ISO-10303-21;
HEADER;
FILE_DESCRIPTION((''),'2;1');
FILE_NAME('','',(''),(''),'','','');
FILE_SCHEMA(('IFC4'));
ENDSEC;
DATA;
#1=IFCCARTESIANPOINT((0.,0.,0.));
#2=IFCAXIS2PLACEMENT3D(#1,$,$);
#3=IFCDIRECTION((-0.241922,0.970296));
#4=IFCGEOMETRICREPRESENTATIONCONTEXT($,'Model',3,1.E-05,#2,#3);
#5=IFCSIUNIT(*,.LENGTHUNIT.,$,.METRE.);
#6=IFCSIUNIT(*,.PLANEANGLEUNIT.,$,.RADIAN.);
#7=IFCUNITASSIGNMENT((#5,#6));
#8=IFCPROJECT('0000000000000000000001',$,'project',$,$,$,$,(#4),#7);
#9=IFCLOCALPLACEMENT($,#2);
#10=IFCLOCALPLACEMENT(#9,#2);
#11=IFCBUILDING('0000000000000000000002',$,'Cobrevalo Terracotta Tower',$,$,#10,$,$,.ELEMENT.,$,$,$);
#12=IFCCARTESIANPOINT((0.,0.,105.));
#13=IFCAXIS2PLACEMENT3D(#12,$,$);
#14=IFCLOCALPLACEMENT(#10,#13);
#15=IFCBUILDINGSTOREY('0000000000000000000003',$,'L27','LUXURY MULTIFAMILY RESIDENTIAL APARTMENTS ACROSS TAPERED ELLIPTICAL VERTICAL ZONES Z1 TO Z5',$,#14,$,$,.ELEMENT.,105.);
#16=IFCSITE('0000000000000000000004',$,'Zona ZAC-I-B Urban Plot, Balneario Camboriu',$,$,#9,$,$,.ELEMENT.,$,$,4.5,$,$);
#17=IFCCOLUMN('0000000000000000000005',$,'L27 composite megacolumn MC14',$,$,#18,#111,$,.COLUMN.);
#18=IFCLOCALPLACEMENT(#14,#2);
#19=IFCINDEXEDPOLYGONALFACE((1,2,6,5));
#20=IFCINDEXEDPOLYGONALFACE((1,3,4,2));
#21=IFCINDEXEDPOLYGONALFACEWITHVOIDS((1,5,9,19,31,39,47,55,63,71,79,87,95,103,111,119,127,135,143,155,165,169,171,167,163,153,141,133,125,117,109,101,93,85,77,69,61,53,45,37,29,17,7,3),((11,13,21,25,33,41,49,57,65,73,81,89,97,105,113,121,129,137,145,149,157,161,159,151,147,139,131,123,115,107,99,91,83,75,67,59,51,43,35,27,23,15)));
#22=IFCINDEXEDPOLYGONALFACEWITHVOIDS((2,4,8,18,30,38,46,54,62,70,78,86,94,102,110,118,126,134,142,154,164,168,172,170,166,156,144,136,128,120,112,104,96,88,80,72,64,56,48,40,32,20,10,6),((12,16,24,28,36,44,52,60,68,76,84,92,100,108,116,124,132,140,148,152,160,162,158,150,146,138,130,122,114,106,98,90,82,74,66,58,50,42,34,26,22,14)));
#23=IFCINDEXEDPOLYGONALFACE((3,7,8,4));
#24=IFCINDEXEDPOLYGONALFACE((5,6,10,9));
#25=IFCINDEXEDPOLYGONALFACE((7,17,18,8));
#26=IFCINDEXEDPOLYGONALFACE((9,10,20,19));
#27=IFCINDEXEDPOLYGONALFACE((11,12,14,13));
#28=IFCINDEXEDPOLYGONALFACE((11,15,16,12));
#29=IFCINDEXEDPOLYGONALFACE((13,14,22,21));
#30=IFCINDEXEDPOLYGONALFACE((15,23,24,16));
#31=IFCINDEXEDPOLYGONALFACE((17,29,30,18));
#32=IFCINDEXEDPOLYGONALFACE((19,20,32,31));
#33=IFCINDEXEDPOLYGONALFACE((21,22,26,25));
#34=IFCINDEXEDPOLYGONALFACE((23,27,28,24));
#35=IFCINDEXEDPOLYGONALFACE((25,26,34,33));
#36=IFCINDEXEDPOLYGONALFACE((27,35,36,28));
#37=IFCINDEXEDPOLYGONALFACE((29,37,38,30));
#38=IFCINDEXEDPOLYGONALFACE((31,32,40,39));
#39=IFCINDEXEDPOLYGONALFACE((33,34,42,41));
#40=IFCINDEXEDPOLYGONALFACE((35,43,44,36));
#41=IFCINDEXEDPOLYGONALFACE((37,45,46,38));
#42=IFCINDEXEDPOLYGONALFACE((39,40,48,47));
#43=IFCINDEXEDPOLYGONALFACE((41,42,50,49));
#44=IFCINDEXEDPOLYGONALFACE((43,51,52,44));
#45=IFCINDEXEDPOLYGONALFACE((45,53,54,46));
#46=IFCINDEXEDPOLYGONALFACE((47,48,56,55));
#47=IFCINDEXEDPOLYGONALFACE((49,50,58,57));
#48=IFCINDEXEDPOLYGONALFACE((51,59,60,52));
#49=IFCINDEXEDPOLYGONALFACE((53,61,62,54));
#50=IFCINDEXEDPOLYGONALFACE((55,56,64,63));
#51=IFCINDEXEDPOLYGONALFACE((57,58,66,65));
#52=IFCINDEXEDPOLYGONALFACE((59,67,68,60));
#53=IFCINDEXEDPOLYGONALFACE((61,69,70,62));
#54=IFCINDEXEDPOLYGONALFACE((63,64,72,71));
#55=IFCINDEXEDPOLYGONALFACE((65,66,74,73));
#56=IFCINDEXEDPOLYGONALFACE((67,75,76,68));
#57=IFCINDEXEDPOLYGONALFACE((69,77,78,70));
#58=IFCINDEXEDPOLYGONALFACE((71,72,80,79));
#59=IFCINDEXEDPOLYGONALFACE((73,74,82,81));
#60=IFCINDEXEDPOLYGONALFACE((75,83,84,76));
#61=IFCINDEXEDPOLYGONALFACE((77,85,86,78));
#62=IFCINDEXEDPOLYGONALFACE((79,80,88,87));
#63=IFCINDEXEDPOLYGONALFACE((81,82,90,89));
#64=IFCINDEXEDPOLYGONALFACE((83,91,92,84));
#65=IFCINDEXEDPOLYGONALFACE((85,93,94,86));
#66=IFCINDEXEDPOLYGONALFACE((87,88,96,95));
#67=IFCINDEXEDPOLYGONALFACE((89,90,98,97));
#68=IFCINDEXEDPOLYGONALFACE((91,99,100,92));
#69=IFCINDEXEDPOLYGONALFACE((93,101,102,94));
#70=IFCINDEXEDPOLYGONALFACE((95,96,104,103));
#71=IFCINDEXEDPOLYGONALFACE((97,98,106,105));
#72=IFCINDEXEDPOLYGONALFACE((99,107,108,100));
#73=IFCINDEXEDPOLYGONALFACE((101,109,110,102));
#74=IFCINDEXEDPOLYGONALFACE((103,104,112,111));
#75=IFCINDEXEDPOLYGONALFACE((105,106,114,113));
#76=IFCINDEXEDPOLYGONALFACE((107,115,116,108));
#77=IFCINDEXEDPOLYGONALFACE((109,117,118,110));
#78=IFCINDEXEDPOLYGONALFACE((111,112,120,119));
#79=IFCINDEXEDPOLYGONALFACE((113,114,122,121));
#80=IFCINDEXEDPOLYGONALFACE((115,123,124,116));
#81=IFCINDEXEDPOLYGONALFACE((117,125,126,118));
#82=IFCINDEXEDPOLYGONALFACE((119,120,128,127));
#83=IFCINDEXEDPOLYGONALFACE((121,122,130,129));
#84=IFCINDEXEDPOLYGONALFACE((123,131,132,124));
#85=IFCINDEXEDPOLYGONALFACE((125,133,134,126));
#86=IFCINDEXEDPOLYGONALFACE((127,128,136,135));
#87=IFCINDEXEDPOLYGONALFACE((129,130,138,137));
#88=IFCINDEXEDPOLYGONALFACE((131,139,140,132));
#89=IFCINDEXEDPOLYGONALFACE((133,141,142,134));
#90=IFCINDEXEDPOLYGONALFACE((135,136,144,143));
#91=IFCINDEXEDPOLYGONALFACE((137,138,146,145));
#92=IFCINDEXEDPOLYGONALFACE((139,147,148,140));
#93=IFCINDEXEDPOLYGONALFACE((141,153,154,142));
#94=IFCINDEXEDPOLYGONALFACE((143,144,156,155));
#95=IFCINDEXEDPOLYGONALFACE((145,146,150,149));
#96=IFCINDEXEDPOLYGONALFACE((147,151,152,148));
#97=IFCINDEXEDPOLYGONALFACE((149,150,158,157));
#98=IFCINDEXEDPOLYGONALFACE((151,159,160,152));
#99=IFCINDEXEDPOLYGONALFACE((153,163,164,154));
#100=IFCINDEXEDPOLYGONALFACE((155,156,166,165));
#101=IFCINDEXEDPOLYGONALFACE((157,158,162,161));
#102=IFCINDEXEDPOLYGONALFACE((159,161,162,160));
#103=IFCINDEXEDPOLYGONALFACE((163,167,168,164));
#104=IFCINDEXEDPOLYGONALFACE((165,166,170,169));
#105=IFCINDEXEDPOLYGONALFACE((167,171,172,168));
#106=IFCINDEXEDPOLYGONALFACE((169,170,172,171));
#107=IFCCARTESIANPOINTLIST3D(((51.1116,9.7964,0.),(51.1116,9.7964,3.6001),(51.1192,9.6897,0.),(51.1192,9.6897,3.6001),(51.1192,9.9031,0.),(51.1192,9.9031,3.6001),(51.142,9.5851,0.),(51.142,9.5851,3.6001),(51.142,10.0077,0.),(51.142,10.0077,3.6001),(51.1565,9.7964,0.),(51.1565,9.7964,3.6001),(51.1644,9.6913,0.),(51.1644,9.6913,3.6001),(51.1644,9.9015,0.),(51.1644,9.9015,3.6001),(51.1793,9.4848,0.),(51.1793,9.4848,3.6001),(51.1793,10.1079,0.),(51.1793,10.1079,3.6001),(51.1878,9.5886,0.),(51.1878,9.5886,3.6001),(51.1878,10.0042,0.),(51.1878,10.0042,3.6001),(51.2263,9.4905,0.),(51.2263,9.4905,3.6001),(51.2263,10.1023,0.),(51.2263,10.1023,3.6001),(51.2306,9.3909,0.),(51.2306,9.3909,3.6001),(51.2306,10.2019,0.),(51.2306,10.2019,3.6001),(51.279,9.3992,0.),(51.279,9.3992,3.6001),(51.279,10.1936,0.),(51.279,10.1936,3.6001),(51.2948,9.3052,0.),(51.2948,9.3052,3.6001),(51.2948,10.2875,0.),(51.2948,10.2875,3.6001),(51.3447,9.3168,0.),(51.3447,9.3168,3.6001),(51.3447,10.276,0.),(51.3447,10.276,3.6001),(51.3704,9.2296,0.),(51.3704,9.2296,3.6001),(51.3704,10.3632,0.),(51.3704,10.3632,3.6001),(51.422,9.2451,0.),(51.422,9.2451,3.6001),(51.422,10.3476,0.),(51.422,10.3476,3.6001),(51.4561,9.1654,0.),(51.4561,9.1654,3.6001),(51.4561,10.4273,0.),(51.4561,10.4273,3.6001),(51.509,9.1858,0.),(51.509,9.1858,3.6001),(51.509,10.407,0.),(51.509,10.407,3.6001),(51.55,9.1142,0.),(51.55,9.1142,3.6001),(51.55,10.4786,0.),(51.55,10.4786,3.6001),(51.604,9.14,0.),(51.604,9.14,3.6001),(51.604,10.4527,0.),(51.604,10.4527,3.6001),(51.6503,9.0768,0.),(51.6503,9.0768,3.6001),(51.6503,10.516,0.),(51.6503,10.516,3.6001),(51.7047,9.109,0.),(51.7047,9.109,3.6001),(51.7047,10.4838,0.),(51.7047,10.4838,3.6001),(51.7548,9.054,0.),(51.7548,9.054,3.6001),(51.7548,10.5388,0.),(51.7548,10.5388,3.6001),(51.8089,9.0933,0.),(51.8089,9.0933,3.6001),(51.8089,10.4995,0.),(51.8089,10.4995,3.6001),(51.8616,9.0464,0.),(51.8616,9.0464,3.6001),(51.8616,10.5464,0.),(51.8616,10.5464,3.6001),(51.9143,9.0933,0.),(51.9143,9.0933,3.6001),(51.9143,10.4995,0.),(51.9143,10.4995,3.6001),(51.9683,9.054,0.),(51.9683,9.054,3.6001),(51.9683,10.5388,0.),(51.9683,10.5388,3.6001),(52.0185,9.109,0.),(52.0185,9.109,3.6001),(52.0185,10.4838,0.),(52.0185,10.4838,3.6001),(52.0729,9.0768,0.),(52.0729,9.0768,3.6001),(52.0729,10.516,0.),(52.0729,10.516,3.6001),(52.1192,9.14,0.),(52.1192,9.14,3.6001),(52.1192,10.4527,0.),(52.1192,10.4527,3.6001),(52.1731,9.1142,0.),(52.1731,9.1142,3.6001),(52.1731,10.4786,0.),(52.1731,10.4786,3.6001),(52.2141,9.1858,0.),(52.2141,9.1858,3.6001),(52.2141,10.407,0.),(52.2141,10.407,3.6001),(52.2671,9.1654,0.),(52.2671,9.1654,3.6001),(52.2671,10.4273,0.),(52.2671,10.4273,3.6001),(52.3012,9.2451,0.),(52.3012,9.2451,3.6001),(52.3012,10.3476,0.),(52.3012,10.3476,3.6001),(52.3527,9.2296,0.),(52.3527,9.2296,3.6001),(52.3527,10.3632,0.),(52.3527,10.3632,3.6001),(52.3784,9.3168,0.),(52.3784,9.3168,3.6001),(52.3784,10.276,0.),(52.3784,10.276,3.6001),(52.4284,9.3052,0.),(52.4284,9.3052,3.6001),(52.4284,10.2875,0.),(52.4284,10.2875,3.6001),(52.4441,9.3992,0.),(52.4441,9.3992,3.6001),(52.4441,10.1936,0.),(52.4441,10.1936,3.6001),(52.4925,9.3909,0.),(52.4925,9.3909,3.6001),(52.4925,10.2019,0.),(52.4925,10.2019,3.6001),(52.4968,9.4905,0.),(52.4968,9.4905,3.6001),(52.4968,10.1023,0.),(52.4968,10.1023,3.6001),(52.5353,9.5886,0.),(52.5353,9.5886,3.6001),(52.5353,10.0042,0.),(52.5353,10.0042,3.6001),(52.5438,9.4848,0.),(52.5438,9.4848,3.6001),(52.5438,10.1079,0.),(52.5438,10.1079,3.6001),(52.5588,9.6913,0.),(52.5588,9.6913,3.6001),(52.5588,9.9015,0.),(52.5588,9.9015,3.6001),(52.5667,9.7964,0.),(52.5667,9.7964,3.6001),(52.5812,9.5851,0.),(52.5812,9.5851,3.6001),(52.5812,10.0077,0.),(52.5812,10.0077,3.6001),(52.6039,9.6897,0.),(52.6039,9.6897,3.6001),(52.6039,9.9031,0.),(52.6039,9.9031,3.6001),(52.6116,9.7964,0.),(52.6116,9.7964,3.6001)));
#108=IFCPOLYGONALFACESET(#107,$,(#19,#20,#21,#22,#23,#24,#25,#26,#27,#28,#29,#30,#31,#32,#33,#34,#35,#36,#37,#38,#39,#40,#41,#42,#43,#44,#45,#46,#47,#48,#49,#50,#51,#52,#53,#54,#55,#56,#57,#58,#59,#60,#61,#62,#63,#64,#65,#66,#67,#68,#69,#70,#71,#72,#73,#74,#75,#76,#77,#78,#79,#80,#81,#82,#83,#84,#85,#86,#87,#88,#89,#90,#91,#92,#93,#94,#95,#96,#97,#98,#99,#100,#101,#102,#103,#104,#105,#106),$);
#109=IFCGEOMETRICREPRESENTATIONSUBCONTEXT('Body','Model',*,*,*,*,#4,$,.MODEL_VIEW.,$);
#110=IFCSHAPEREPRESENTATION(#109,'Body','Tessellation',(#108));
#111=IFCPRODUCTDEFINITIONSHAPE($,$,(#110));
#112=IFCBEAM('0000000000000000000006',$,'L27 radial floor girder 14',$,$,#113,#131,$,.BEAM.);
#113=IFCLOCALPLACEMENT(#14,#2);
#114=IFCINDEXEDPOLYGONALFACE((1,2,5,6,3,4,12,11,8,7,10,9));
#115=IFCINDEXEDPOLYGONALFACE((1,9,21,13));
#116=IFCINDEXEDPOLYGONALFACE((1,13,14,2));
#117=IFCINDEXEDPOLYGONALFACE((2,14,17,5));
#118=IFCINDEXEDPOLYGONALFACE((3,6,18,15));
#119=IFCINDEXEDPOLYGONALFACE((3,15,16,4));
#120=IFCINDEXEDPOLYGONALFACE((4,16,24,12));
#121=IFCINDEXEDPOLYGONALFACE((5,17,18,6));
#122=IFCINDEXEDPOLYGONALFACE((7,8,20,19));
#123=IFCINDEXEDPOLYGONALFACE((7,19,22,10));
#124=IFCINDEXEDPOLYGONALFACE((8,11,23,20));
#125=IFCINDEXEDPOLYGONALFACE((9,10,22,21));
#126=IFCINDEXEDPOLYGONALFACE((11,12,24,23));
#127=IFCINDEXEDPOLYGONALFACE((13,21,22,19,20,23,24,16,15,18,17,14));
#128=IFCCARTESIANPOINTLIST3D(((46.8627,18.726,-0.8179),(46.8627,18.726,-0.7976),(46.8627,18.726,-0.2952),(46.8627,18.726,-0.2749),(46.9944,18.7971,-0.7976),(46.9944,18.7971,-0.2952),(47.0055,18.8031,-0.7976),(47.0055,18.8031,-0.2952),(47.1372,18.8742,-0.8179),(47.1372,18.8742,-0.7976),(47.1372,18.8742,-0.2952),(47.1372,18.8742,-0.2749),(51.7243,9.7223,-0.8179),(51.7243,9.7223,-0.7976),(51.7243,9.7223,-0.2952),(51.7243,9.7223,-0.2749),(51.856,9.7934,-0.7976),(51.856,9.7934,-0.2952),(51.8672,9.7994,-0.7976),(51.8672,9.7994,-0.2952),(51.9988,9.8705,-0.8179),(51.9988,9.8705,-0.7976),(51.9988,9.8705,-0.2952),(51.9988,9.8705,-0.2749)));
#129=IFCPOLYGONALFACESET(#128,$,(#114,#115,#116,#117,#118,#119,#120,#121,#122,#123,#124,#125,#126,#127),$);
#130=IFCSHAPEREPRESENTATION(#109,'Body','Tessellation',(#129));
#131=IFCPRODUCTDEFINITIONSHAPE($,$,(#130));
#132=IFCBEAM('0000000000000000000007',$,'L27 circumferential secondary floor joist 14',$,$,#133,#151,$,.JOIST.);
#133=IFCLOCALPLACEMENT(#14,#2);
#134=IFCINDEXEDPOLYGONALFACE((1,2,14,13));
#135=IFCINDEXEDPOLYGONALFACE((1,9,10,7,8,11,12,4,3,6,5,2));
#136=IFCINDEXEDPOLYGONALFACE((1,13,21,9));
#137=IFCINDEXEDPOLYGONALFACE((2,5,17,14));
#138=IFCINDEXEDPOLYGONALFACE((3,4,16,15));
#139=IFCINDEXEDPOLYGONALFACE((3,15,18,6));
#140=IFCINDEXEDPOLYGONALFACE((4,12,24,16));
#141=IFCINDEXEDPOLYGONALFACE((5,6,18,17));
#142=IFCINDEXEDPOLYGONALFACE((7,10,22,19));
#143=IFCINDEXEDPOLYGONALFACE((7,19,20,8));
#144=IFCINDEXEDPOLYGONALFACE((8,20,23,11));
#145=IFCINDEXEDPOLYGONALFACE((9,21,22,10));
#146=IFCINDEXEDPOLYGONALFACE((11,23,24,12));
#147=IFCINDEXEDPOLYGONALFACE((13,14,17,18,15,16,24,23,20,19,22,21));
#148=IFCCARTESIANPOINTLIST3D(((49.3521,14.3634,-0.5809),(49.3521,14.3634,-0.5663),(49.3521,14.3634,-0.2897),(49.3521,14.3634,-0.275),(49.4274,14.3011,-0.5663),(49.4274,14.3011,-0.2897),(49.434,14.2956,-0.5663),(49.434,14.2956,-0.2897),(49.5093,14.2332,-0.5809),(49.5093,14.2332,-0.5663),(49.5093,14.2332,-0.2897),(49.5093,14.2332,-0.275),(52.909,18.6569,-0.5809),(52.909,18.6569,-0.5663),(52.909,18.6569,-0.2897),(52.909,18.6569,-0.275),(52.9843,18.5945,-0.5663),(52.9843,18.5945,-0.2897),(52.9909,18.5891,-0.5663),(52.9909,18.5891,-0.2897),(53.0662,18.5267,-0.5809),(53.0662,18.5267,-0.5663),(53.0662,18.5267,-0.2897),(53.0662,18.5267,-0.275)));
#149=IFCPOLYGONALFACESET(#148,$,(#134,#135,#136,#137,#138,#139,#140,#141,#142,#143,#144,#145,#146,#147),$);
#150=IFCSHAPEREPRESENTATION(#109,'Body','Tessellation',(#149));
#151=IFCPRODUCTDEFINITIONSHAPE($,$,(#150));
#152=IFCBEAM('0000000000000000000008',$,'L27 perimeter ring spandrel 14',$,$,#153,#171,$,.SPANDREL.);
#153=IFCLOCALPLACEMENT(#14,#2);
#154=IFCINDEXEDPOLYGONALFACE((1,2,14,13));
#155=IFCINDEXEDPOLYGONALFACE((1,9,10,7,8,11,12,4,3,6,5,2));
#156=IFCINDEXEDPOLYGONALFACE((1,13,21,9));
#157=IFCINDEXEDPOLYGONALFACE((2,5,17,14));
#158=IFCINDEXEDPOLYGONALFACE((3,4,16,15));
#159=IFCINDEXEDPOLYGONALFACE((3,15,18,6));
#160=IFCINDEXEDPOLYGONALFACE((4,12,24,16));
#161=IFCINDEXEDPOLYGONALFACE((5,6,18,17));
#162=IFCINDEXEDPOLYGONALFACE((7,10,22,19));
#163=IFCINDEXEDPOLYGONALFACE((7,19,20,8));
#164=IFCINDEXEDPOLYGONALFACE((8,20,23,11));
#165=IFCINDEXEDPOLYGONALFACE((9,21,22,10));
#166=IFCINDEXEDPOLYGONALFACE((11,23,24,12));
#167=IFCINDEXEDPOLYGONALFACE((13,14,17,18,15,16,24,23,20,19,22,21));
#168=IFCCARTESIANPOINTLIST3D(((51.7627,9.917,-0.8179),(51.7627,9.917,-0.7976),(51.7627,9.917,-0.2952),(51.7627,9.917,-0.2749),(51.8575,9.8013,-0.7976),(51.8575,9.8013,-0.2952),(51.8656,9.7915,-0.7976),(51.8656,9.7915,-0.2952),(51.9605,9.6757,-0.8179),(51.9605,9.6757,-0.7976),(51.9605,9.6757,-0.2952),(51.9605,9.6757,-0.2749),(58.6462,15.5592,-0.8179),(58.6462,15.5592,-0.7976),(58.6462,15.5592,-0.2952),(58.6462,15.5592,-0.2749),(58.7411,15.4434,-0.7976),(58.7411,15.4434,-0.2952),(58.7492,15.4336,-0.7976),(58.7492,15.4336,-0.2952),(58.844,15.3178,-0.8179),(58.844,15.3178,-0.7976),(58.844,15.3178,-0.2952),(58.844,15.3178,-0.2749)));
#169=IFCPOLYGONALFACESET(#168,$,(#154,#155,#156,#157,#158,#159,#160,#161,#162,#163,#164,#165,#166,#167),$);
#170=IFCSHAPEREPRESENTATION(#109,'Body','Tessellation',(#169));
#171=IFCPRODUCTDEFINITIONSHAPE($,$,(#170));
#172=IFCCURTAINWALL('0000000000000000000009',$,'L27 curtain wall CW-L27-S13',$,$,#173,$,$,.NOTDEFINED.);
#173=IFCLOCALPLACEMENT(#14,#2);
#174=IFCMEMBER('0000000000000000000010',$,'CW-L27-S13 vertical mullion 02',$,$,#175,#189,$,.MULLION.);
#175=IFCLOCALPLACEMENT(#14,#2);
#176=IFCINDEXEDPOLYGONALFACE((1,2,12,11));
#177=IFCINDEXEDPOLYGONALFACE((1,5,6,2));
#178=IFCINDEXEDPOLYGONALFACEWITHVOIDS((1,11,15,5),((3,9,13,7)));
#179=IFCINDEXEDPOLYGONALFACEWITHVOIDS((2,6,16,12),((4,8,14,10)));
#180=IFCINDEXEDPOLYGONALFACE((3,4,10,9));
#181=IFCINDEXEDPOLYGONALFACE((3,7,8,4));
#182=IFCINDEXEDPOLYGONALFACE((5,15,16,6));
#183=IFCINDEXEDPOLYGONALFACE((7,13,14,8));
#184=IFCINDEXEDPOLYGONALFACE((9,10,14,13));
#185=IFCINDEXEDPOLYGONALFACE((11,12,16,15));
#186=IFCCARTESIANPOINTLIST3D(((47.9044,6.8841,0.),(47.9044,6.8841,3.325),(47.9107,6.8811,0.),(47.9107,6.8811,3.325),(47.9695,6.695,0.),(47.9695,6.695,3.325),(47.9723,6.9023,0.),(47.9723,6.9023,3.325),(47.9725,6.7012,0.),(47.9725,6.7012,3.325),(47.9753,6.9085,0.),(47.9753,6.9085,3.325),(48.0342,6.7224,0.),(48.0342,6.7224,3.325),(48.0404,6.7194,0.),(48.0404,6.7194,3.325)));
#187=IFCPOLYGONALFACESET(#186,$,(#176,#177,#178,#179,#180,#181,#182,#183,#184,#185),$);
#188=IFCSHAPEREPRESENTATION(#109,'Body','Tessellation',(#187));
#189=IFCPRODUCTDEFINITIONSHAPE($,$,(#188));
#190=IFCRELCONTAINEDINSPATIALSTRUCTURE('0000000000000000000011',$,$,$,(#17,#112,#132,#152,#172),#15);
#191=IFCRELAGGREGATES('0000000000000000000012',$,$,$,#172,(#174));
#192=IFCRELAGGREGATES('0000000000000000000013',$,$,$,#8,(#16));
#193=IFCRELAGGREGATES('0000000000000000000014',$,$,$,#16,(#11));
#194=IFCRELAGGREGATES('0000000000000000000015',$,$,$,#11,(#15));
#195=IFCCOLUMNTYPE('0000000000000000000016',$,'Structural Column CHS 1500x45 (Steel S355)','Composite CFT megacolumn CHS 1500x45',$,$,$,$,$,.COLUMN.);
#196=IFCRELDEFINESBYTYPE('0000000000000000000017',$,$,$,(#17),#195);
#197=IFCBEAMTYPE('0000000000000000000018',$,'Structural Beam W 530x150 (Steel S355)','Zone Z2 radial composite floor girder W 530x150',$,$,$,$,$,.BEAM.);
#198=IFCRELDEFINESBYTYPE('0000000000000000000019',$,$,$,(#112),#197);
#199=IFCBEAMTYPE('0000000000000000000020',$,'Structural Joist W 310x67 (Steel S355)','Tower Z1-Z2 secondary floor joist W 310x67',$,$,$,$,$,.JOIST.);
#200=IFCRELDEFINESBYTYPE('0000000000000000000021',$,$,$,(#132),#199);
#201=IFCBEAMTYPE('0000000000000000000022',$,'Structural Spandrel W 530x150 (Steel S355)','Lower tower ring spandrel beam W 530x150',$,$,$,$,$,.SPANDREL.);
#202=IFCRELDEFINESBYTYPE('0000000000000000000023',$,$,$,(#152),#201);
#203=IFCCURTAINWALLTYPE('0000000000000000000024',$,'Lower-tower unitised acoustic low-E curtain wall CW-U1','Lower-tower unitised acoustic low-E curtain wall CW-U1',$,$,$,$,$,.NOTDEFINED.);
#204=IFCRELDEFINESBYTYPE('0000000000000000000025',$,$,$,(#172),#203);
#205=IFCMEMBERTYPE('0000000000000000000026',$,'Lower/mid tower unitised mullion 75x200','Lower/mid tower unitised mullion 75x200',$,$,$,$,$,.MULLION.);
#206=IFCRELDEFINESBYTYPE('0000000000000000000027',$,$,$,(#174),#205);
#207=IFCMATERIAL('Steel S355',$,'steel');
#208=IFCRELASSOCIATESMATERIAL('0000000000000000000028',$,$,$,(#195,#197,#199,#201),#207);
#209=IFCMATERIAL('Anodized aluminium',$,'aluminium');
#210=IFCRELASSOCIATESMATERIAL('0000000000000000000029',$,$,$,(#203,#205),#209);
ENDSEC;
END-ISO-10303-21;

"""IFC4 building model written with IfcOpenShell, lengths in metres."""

from ifc_helpers import new_model, si_unit, direction, frame, origin, origin_2d, place, context, subcontext, project, spatial, hollow_rectangle, hollow_circle, i_section, extrude, source, transform, mapped, material, material_profile, profile_set, type_object, element, aggregate, save


model = new_model("IFC4")

# Units and contexts
model_context = context("Model", 3, precision=1e-05, world=origin(), true_north=direction((-0.241922, 0.970296)))
body_context = subcontext(model_context, "Body", "Model", "MODEL_VIEW")
ifc_project = project(units=[si_unit("LENGTHUNIT", "METRE"), si_unit("PLANEANGLEUNIT", "RADIAN")], contexts=[model_context])

# Site, building, storey
site_placement = place(None, origin())
site = spatial("IfcSite", under=ifc_project, at=site_placement, Name="Zona ZAC-I-B Urban Plot, Balneario Camboriu", CompositionType="ELEMENT", RefElevation=4.5)
building_placement = place(site_placement, origin())
building = spatial("IfcBuilding", under=site, at=building_placement, Name="Cobrevalo Terracotta Tower", CompositionType="ELEMENT")
storey_placement = place(building_placement, frame((0.0, 0.0, 105.0)))
storey = spatial("IfcBuildingStorey", under=building, at=storey_placement, Name="L27", Description="LUXURY MULTIFAMILY RESIDENTIAL APARTMENTS ACROSS TAPERED ELLIPTICAL VERTICAL ZONES Z1 TO Z5", CompositionType="ELEMENT", Elevation=105.0)

# Column
ifc_material_1 = material(Name="Steel S355", Category="steel")
ifc_material_profile_1 = material_profile(ifc_material_1, hollow_circle(Radius=0.75, WallThickness=0.0449, at=origin_2d()), Name="CHS 1500x45")
ifc_profile_set_1 = profile_set([ifc_material_profile_1], Name="Steel S355")
column_type = type_object("IfcColumnType", Name="Structural Column CHS 1500x45 (Steel S355)", Description="Composite CFT megacolumn CHS 1500x45", PredefinedType="COLUMN", material=ifc_profile_set_1)
column_placement = place(storey_placement, frame((51.8616, 9.7964, 0.0), z_axis=(0.0, 0.0, 1.0), x_axis=(1.0, 0.0, 0.0)))
element("IfcColumn", 1, at=column_placement, inside=storey, type_object=column_type, Name="L27 composite megacolumn MC14", PredefinedType="COLUMN", context=body_context, shape_type="SweptSolid", body=[
    extrude(hollow_circle(Radius=0.75, WallThickness=0.0449, at=origin_2d()), origin(), (0.0, 0.0, 1.0), 3.6001),
])

# Beams
ifc_material_profile_2 = material_profile(ifc_material_1, i_section(OverallWidth=0.312, OverallDepth=0.543, WebThickness=0.0127, FlangeThickness=0.0203, at=origin_2d()), Name="W 530x150")
ifc_profile_set_2 = profile_set([ifc_material_profile_2], Name="Steel S355")
beam_type_1 = type_object("IfcBeamType", Name="Structural Beam W 530x150 (Steel S355)", Description="Zone Z2 radial composite floor girder W 530x150", PredefinedType="BEAM", material=ifc_profile_set_2)
beam_1_placement = place(storey_placement, frame((51.8616, 9.7964, -0.5464), z_axis=(-0.475118, 0.879922, 0.0), x_axis=(-0.879922, -0.475118, 0.0)))
element("IfcBeam", 2, at=beam_1_placement, inside=storey, type_object=beam_type_1, Name="L27 radial floor girder 14", PredefinedType="BEAM", context=body_context, shape_type="SweptSolid", body=[
    extrude(i_section(OverallWidth=0.312, OverallDepth=0.543, WebThickness=0.0127, FlangeThickness=0.0203, at=origin_2d()), origin(), (0.0, 0.0, 1.0), 10.2324),
])
ifc_material_profile_3 = material_profile(ifc_material_1, i_section(OverallWidth=0.2041, OverallDepth=0.3059, WebThickness=0.0085, FlangeThickness=0.0146, at=origin_2d()), Name="W 310x67")
ifc_profile_set_3 = profile_set([ifc_material_profile_3], Name="Steel S355")
beam_type_2 = type_object("IfcBeamType", Name="Structural Joist W 310x67 (Steel S355)", Description="Tower Z1-Z2 secondary floor joist W 310x67", PredefinedType="JOIST", material=ifc_profile_set_3)
beam_2_placement = place(storey_placement, frame((49.4307, 14.2983, -0.428), z_axis=(0.637959, 0.77007, 0.0), x_axis=(-0.77007, 0.637959, 0.0)))
element("IfcBeam", 3, at=beam_2_placement, inside=storey, type_object=beam_type_2, Name="L27 circumferential secondary floor joist 14", PredefinedType="JOIST", context=body_context, shape_type="SweptSolid", body=[
    extrude(i_section(OverallWidth=0.2041, OverallDepth=0.3059, WebThickness=0.0085, FlangeThickness=0.0146, at=origin_2d()), origin(), (0.0, 0.0, 1.0), 5.5754),
])
ifc_material_profile_4 = material_profile(ifc_material_1, i_section(OverallWidth=0.312, OverallDepth=0.543, WebThickness=0.0127, FlangeThickness=0.0203, at=origin_2d()), Name="W 530x150")
ifc_profile_set_4 = profile_set([ifc_material_profile_4], Name="Steel S355")
beam_type_3 = type_object("IfcBeamType", Name="Structural Spandrel W 530x150 (Steel S355)", Description="Lower tower ring spandrel beam W 530x150", PredefinedType="SPANDREL", material=ifc_profile_set_4)
beam_3_placement = place(storey_placement, frame((51.8616, 9.7964, -0.5464), z_axis=(0.773401, 0.633917, 0.0), x_axis=(-0.633917, 0.773401, 0.0)))
element("IfcBeam", 4, at=beam_3_placement, inside=storey, type_object=beam_type_3, Name="L27 perimeter ring spandrel 14", PredefinedType="SPANDREL", context=body_context, shape_type="SweptSolid", body=[
    extrude(i_section(OverallWidth=0.312, OverallDepth=0.543, WebThickness=0.0127, FlangeThickness=0.0203, at=origin_2d()), origin(), (0.0, 0.0, 1.0), 8.9004),
])

# Curtain wall, member
ifc_material_2 = material(Name="Anodized aluminium", Category="aluminium")
curtain_wall_type = type_object("IfcCurtainWallType", Name="Lower-tower unitised acoustic low-E curtain wall CW-U1", Description="Lower-tower unitised acoustic low-E curtain wall CW-U1", PredefinedType="NOTDEFINED", material=ifc_material_2)
curtain_wall_1_placement = place(storey_placement, origin())
curtain_wall_1 = element("IfcCurtainWall", 5, at=curtain_wall_1_placement, inside=storey, type_object=curtain_wall_type, Name="L27 curtain wall CW-L27-S13", PredefinedType="NOTDEFINED")
ifc_material_profile_5 = material_profile(ifc_material_2, hollow_rectangle(XDim=0.075, YDim=0.2, WallThickness=0.0049, at=origin_2d()), Name="CWM 75x200")
ifc_profile_set_5 = profile_set([ifc_material_profile_5], Name="Anodized aluminium")
member_type_1 = type_object("IfcMemberType", Name="Lower/mid tower unitised mullion 75x200", Description="Lower/mid tower unitised mullion 75x200", PredefinedType="MULLION", material=ifc_profile_set_5)
shared_shape_1 = source(origin(), body_context, "Body", "SweptSolid", [
    extrude(hollow_rectangle(XDim=0.075, YDim=0.2, WallThickness=0.0049, at=origin_2d()), origin(), (0.0, 0.0, 1.0), 3.325),
])
member_1_placement = place(storey_placement, frame((47.9724, 6.8018, 0.0), z_axis=(0.0, 0.0, 1.0), x_axis=(0.945598, 0.325337, 0.0)))
member_1 = element("IfcMember", 6, at=member_1_placement, type_object=member_type_1, Name="CW-L27-S13 vertical mullion 02", PredefinedType="MULLION", context=body_context, shape_type="MappedRepresentation", body=[
    mapped(shared_shape_1, transform((0.0, 0.0, 0.0), scale=1.0)),
])

aggregate(curtain_wall_1, [member_1])

save(model, "model.ifc")
